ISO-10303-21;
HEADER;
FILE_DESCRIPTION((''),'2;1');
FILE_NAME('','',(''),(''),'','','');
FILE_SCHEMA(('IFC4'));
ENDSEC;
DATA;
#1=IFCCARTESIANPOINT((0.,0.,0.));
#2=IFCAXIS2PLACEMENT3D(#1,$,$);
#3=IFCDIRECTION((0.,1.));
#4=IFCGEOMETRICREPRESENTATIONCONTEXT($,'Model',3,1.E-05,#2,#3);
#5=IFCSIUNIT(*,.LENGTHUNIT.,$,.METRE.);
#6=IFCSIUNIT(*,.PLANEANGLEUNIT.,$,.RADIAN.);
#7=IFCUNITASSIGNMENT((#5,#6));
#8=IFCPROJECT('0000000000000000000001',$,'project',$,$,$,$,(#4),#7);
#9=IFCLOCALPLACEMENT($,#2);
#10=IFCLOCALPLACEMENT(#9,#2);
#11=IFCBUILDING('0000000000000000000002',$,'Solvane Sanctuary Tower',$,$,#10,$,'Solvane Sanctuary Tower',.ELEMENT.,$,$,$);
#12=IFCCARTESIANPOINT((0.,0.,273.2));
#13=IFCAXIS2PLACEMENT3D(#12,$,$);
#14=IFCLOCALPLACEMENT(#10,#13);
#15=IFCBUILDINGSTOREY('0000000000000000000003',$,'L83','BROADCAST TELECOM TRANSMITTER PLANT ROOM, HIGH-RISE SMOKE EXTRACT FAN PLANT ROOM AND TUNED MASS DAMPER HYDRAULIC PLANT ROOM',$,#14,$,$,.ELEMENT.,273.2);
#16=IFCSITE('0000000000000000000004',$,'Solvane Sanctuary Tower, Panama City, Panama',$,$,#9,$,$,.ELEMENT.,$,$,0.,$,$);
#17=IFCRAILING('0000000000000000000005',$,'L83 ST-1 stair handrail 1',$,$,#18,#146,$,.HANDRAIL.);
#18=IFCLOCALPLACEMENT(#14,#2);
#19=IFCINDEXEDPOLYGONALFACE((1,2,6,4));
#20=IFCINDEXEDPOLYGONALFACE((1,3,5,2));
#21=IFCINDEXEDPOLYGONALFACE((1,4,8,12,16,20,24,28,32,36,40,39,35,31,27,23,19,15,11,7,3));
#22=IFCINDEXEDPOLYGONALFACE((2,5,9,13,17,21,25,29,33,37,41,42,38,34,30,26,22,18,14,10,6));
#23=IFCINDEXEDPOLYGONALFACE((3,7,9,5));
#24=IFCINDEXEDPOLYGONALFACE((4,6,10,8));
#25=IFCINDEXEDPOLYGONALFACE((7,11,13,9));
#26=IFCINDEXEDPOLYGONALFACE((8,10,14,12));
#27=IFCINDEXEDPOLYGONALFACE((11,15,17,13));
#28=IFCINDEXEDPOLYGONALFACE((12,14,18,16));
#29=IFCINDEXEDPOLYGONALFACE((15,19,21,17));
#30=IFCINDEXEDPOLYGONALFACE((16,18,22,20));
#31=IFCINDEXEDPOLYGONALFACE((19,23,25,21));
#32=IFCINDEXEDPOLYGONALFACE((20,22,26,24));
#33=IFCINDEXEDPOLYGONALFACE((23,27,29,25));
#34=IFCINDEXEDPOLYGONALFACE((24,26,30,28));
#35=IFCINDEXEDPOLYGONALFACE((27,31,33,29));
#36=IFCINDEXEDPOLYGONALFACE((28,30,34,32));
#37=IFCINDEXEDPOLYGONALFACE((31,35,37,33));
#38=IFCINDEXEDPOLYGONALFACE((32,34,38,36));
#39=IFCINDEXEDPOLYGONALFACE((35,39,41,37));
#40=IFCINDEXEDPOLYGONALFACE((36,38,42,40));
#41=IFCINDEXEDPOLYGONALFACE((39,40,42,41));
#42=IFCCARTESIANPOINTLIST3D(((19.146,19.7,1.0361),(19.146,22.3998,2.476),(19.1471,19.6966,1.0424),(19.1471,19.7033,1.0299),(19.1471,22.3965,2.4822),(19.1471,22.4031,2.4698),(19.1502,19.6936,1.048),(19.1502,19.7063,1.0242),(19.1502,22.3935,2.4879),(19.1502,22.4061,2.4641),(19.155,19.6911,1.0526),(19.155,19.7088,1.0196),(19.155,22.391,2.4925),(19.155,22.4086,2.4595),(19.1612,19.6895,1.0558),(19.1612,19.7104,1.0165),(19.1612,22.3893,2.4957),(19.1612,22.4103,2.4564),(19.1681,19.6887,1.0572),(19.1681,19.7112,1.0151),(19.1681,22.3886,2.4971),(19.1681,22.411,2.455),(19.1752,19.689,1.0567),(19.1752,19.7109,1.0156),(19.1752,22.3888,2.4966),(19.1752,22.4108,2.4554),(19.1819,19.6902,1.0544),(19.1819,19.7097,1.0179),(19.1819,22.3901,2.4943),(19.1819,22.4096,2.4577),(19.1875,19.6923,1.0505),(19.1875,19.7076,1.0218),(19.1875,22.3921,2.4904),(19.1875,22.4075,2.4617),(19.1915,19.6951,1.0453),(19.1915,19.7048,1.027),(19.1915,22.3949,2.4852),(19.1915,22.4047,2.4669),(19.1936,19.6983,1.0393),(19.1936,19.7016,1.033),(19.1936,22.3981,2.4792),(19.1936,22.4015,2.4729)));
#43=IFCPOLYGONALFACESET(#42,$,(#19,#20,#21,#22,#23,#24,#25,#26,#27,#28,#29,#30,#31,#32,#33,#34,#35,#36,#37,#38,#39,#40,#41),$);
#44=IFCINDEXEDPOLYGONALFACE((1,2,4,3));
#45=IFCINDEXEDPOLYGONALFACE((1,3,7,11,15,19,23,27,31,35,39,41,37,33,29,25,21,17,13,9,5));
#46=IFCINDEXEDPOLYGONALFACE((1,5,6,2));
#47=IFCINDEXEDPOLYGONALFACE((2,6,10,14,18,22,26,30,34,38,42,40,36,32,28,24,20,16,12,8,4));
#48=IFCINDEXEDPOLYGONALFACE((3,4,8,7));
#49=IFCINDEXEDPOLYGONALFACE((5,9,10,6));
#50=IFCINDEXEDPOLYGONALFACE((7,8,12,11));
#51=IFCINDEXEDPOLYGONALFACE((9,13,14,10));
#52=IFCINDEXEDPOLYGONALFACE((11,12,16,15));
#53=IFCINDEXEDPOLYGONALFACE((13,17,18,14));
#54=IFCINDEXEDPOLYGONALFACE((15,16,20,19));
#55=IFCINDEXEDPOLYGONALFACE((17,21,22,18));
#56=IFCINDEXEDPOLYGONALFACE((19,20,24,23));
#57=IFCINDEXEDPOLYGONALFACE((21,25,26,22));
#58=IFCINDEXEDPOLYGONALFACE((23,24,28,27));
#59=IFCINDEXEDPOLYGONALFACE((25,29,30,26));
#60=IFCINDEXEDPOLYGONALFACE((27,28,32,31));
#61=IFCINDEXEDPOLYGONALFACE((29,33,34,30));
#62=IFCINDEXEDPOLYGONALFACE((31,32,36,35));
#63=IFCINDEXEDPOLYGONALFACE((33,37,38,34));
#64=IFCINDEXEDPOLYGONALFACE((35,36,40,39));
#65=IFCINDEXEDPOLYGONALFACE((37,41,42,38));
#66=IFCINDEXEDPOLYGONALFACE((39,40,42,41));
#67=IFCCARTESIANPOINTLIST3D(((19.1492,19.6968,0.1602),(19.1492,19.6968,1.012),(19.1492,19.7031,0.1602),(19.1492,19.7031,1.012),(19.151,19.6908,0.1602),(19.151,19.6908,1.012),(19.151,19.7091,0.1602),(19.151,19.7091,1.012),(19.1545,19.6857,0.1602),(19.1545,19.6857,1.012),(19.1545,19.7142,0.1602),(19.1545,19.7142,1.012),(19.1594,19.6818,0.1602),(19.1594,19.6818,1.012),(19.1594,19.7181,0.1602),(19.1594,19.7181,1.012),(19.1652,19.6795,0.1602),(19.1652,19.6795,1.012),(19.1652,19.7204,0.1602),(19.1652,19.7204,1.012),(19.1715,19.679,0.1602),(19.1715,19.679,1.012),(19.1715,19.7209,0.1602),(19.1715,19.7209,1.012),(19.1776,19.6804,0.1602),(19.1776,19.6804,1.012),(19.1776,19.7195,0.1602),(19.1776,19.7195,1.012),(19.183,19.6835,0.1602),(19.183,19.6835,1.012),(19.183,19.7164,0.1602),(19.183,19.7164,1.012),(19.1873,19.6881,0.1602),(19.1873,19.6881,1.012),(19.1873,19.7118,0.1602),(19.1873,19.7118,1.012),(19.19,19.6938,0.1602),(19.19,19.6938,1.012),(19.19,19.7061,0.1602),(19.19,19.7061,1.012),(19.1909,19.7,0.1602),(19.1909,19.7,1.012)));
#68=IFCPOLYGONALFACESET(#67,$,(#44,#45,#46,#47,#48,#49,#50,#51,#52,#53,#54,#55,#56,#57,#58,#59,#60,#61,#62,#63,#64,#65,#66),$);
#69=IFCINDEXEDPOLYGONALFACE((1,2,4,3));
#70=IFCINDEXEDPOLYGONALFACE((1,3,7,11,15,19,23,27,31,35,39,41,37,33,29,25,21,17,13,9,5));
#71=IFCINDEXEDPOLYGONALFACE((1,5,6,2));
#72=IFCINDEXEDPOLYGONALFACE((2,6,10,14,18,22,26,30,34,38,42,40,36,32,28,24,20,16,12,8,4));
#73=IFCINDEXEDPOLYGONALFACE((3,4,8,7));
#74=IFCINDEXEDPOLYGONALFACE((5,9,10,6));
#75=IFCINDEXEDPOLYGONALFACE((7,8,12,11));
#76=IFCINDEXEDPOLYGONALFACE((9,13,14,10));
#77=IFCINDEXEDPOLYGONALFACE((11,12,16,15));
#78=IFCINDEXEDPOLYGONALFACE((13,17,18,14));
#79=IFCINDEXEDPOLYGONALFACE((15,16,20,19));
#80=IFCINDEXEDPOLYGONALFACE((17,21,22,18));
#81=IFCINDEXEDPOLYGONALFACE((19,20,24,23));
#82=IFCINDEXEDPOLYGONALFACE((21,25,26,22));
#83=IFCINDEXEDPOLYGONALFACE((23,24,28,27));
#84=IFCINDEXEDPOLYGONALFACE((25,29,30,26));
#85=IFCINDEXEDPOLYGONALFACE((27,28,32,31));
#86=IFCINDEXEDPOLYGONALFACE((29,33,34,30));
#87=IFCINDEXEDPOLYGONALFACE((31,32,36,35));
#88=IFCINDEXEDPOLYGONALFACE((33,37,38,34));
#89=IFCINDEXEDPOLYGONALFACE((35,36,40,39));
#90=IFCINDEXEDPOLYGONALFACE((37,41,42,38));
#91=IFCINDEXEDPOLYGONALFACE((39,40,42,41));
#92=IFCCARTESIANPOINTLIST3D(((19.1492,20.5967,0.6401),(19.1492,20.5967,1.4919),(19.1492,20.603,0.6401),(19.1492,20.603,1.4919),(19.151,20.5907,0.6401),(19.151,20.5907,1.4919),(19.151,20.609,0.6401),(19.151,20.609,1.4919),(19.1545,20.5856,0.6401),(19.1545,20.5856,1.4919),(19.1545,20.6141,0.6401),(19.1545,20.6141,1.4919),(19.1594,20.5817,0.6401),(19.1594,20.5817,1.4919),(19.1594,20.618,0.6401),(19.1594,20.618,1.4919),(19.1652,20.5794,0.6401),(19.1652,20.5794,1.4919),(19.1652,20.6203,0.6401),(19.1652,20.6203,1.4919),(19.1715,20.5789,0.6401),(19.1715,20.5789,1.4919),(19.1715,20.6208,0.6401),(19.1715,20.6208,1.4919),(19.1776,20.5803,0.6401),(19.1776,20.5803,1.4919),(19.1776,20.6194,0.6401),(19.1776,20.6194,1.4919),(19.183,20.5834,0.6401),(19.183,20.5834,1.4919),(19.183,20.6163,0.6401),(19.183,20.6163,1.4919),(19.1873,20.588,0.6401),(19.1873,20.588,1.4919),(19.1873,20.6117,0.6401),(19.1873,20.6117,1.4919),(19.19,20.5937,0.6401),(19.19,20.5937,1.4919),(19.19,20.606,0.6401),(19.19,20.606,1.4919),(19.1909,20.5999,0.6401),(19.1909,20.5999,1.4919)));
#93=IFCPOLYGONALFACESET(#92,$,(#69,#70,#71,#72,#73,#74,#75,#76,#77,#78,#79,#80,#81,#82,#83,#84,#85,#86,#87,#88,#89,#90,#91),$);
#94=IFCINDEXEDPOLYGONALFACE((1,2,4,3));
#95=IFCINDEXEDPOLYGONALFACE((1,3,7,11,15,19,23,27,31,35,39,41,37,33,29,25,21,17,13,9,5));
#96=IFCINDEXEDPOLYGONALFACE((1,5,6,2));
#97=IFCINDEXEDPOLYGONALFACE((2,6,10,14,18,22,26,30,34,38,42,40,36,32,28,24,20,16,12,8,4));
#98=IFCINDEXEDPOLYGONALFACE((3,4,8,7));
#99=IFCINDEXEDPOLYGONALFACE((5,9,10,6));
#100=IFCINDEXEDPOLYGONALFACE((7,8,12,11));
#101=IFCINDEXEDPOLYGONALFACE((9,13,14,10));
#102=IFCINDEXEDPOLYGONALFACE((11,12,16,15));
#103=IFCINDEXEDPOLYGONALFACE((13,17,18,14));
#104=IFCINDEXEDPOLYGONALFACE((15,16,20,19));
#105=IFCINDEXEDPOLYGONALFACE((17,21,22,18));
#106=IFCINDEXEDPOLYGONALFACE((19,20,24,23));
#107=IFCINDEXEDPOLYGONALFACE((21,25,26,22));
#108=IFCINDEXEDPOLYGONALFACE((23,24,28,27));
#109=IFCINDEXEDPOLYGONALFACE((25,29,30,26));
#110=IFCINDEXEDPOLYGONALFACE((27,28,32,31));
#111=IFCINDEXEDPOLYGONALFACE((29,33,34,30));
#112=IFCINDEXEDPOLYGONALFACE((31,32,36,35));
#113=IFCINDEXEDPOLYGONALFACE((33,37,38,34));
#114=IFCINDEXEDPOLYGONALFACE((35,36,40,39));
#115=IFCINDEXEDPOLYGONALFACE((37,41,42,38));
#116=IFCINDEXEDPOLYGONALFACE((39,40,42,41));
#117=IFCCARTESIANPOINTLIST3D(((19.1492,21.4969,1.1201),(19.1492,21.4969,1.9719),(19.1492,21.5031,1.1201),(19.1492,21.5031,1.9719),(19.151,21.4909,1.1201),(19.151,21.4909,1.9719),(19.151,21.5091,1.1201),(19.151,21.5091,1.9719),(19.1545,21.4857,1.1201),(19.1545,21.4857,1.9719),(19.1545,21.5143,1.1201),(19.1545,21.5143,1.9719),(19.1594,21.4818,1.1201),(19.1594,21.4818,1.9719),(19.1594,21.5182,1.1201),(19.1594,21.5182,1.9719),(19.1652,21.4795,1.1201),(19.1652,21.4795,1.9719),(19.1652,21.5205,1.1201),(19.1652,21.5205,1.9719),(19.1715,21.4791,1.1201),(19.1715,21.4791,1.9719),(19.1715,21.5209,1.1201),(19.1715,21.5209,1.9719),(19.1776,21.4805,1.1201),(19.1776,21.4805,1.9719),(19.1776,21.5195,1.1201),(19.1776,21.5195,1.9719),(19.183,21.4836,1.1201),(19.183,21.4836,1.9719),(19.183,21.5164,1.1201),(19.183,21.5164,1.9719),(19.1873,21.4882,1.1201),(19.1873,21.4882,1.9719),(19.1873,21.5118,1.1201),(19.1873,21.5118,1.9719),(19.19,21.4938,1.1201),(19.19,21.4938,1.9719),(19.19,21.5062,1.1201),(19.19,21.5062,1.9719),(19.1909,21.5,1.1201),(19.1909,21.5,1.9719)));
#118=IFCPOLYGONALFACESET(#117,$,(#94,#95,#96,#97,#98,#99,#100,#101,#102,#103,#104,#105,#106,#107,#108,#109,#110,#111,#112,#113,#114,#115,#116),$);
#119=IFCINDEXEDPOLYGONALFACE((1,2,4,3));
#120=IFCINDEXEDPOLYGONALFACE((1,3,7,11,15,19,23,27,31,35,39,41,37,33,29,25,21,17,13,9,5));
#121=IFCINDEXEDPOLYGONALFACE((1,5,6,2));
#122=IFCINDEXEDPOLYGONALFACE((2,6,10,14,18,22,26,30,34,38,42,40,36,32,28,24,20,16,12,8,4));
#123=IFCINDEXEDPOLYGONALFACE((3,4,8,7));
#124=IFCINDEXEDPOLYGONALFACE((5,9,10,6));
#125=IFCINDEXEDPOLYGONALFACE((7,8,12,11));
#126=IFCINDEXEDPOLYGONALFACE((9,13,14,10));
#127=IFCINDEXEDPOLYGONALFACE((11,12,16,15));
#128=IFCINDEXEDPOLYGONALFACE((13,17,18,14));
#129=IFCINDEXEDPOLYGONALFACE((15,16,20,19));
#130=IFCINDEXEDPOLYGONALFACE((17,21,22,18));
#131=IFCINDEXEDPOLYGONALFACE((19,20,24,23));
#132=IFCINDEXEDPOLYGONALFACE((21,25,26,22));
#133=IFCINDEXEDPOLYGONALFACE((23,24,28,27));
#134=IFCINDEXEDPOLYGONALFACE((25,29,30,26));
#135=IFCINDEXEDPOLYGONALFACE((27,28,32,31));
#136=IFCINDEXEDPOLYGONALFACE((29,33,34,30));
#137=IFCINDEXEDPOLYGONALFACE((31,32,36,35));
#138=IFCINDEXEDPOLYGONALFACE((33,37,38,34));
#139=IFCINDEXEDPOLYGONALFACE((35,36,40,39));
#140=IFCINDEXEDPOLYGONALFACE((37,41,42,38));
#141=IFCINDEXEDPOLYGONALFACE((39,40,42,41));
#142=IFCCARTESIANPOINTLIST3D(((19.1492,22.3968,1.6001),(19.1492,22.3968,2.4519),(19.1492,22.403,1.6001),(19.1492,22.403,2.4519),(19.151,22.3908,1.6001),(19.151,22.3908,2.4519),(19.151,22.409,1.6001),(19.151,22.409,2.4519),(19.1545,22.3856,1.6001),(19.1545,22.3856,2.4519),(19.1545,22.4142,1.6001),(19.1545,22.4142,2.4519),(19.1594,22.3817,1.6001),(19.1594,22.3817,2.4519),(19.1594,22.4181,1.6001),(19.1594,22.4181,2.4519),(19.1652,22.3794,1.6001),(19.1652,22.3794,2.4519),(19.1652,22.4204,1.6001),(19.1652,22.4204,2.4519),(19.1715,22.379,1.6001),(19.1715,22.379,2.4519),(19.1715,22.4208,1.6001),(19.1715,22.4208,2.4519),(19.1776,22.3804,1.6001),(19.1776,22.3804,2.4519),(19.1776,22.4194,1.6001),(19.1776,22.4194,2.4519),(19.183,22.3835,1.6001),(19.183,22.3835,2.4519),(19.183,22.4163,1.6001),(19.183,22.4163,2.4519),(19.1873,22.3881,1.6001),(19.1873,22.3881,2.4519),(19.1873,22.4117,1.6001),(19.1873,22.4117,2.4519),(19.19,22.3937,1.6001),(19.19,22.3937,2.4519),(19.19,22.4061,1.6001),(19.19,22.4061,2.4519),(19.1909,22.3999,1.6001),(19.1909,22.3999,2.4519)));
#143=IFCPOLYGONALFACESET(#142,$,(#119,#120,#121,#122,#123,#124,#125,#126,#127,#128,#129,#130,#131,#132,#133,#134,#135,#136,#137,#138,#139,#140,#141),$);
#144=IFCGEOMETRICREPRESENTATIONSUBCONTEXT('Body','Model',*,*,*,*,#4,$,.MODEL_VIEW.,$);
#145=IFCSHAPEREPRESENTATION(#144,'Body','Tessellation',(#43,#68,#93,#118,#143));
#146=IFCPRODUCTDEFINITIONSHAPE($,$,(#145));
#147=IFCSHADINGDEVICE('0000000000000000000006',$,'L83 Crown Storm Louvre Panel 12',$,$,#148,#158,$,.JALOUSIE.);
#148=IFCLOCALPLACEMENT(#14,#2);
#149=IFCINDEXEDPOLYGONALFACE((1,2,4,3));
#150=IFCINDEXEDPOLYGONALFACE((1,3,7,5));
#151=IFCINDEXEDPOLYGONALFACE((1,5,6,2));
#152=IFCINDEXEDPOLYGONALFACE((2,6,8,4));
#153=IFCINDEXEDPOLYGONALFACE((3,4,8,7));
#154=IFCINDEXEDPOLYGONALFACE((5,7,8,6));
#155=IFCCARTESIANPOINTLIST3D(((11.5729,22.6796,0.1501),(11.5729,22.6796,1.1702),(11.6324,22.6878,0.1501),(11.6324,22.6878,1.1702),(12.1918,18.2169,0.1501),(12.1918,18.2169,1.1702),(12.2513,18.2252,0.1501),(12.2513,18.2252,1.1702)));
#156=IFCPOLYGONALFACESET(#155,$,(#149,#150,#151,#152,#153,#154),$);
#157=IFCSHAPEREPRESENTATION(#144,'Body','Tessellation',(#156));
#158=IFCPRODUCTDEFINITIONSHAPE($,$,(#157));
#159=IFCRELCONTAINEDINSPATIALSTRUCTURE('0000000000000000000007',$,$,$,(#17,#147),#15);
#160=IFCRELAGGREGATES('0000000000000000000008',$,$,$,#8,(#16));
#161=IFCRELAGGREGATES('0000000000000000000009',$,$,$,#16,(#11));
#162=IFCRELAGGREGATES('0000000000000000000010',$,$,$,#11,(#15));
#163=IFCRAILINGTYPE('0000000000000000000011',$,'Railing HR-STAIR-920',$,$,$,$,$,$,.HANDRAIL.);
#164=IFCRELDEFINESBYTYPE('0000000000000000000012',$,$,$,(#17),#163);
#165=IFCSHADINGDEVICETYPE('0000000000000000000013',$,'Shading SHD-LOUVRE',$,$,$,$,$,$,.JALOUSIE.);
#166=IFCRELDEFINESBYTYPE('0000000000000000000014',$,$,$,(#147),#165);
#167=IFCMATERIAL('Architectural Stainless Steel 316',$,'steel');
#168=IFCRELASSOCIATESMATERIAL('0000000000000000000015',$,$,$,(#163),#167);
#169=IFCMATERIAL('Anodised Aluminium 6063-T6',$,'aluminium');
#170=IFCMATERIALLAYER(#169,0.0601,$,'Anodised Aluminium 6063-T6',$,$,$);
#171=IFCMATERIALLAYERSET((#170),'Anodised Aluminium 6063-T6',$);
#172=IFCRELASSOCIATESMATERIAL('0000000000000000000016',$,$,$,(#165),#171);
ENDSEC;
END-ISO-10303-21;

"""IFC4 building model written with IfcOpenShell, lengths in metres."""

from ifc_helpers import new_model, si_unit, direction, frame, origin, origin_2d, place, context, subcontext, project, spatial, rectangle, circle, extrude, material, layer, layer_set, type_object, element, save


model = new_model("IFC4")

# Units and contexts
model_context = context("Model", 3, precision=1e-05, world=origin(), true_north=direction((0.0, 1.0)))
body_context = subcontext(model_context, "Body", "Model", "MODEL_VIEW")
ifc_project = project(units=[si_unit("LENGTHUNIT", "METRE"), si_unit("PLANEANGLEUNIT", "RADIAN")], contexts=[model_context])

# Site, building, storey
site_placement = place(None, origin())
site = spatial("IfcSite", under=ifc_project, at=site_placement, Name="Solvane Sanctuary Tower, Panama City, Panama", CompositionType="ELEMENT", RefElevation=0.0)
building_placement = place(site_placement, origin())
building = spatial("IfcBuilding", under=site, at=building_placement, Name="Solvane Sanctuary Tower", LongName="Solvane Sanctuary Tower", CompositionType="ELEMENT")
storey_placement = place(building_placement, frame((0.0, 0.0, 273.2)))
storey = spatial("IfcBuildingStorey", under=building, at=storey_placement, Name="L83", Description="BROADCAST TELECOM TRANSMITTER PLANT ROOM, HIGH-RISE SMOKE EXTRACT FAN PLANT ROOM AND TUNED MASS DAMPER HYDRAULIC PLANT ROOM", CompositionType="ELEMENT", Elevation=273.2)

# Shared definitions
ifc_material_1 = material(Name="Anodised Aluminium 6063-T6", Category="aluminium")

# Shared definitions
ifc_material_2 = material(Name="Architectural Stainless Steel 316", Category="steel")

# Railing
railing_type_1 = type_object("IfcRailingType", Name="Railing HR-STAIR-920", PredefinedType="HANDRAIL", material=ifc_material_2)
railing_1_placement = place(storey_placement, frame((19.1699, 19.7, 0.1602)))
element("IfcRailing", 1, at=railing_1_placement, inside=storey, type_object=railing_type_1, Name="L83 ST-1 stair handrail 1", PredefinedType="HANDRAIL", context=body_context, shape_type="SweptSolid", body=[
    extrude(circle(Radius=0.0239, at=origin_2d()), frame((0.0, 0.0, 0.876), z_axis=(0.0, 0.882357, 0.47058), x_axis=(-1.0, 0.0, 0.0)), (0.0, 0.0, 1.0), 3.0598),
    extrude(circle(Radius=0.021, at=origin_2d()), origin(), (0.0, 0.0, 1.0), 0.8518),
    extrude(circle(Radius=0.021, at=origin_2d()), frame((0.0, 0.8999, 0.48)), (0.0, 0.0, 1.0), 0.8518),
    extrude(circle(Radius=0.021, at=origin_2d()), frame((0.0, 1.8, 0.96)), (0.0, 0.0, 1.0), 0.8518),
    extrude(circle(Radius=0.021, at=origin_2d()), frame((0.0, 2.7, 1.4399)), (0.0, 0.0, 1.0), 0.8518),
])

# Shading device
ifc_layer_1 = layer(ifc_material_1, 0.0601, Name="Anodised Aluminium 6063-T6")
ifc_layer_set_1 = layer_set([ifc_layer_1], Name="Anodised Aluminium 6063-T6")
shading_device_type = type_object("IfcShadingDeviceType", Name="Shading SHD-LOUVRE", PredefinedType="JALOUSIE", material=ifc_layer_set_1)
shading_device_placement = place(storey_placement, frame((11.9121, 20.4524, 0.1501), z_axis=(0.0, 0.0, 1.0), x_axis=(0.137384, -0.990518, 0.0)))
element("IfcShadingDevice", 2, at=shading_device_placement, inside=storey, type_object=shading_device_type, Name="L83 Crown Storm Louvre Panel 12", PredefinedType="JALOUSIE", context=body_context, shape_type="SweptSolid", body=[
    extrude(rectangle(XDim=4.5054, YDim=0.0601, at=origin_2d()), origin(), (0.0, 0.0, 1.0), 1.02),
])

save(model, "model.ifc")
